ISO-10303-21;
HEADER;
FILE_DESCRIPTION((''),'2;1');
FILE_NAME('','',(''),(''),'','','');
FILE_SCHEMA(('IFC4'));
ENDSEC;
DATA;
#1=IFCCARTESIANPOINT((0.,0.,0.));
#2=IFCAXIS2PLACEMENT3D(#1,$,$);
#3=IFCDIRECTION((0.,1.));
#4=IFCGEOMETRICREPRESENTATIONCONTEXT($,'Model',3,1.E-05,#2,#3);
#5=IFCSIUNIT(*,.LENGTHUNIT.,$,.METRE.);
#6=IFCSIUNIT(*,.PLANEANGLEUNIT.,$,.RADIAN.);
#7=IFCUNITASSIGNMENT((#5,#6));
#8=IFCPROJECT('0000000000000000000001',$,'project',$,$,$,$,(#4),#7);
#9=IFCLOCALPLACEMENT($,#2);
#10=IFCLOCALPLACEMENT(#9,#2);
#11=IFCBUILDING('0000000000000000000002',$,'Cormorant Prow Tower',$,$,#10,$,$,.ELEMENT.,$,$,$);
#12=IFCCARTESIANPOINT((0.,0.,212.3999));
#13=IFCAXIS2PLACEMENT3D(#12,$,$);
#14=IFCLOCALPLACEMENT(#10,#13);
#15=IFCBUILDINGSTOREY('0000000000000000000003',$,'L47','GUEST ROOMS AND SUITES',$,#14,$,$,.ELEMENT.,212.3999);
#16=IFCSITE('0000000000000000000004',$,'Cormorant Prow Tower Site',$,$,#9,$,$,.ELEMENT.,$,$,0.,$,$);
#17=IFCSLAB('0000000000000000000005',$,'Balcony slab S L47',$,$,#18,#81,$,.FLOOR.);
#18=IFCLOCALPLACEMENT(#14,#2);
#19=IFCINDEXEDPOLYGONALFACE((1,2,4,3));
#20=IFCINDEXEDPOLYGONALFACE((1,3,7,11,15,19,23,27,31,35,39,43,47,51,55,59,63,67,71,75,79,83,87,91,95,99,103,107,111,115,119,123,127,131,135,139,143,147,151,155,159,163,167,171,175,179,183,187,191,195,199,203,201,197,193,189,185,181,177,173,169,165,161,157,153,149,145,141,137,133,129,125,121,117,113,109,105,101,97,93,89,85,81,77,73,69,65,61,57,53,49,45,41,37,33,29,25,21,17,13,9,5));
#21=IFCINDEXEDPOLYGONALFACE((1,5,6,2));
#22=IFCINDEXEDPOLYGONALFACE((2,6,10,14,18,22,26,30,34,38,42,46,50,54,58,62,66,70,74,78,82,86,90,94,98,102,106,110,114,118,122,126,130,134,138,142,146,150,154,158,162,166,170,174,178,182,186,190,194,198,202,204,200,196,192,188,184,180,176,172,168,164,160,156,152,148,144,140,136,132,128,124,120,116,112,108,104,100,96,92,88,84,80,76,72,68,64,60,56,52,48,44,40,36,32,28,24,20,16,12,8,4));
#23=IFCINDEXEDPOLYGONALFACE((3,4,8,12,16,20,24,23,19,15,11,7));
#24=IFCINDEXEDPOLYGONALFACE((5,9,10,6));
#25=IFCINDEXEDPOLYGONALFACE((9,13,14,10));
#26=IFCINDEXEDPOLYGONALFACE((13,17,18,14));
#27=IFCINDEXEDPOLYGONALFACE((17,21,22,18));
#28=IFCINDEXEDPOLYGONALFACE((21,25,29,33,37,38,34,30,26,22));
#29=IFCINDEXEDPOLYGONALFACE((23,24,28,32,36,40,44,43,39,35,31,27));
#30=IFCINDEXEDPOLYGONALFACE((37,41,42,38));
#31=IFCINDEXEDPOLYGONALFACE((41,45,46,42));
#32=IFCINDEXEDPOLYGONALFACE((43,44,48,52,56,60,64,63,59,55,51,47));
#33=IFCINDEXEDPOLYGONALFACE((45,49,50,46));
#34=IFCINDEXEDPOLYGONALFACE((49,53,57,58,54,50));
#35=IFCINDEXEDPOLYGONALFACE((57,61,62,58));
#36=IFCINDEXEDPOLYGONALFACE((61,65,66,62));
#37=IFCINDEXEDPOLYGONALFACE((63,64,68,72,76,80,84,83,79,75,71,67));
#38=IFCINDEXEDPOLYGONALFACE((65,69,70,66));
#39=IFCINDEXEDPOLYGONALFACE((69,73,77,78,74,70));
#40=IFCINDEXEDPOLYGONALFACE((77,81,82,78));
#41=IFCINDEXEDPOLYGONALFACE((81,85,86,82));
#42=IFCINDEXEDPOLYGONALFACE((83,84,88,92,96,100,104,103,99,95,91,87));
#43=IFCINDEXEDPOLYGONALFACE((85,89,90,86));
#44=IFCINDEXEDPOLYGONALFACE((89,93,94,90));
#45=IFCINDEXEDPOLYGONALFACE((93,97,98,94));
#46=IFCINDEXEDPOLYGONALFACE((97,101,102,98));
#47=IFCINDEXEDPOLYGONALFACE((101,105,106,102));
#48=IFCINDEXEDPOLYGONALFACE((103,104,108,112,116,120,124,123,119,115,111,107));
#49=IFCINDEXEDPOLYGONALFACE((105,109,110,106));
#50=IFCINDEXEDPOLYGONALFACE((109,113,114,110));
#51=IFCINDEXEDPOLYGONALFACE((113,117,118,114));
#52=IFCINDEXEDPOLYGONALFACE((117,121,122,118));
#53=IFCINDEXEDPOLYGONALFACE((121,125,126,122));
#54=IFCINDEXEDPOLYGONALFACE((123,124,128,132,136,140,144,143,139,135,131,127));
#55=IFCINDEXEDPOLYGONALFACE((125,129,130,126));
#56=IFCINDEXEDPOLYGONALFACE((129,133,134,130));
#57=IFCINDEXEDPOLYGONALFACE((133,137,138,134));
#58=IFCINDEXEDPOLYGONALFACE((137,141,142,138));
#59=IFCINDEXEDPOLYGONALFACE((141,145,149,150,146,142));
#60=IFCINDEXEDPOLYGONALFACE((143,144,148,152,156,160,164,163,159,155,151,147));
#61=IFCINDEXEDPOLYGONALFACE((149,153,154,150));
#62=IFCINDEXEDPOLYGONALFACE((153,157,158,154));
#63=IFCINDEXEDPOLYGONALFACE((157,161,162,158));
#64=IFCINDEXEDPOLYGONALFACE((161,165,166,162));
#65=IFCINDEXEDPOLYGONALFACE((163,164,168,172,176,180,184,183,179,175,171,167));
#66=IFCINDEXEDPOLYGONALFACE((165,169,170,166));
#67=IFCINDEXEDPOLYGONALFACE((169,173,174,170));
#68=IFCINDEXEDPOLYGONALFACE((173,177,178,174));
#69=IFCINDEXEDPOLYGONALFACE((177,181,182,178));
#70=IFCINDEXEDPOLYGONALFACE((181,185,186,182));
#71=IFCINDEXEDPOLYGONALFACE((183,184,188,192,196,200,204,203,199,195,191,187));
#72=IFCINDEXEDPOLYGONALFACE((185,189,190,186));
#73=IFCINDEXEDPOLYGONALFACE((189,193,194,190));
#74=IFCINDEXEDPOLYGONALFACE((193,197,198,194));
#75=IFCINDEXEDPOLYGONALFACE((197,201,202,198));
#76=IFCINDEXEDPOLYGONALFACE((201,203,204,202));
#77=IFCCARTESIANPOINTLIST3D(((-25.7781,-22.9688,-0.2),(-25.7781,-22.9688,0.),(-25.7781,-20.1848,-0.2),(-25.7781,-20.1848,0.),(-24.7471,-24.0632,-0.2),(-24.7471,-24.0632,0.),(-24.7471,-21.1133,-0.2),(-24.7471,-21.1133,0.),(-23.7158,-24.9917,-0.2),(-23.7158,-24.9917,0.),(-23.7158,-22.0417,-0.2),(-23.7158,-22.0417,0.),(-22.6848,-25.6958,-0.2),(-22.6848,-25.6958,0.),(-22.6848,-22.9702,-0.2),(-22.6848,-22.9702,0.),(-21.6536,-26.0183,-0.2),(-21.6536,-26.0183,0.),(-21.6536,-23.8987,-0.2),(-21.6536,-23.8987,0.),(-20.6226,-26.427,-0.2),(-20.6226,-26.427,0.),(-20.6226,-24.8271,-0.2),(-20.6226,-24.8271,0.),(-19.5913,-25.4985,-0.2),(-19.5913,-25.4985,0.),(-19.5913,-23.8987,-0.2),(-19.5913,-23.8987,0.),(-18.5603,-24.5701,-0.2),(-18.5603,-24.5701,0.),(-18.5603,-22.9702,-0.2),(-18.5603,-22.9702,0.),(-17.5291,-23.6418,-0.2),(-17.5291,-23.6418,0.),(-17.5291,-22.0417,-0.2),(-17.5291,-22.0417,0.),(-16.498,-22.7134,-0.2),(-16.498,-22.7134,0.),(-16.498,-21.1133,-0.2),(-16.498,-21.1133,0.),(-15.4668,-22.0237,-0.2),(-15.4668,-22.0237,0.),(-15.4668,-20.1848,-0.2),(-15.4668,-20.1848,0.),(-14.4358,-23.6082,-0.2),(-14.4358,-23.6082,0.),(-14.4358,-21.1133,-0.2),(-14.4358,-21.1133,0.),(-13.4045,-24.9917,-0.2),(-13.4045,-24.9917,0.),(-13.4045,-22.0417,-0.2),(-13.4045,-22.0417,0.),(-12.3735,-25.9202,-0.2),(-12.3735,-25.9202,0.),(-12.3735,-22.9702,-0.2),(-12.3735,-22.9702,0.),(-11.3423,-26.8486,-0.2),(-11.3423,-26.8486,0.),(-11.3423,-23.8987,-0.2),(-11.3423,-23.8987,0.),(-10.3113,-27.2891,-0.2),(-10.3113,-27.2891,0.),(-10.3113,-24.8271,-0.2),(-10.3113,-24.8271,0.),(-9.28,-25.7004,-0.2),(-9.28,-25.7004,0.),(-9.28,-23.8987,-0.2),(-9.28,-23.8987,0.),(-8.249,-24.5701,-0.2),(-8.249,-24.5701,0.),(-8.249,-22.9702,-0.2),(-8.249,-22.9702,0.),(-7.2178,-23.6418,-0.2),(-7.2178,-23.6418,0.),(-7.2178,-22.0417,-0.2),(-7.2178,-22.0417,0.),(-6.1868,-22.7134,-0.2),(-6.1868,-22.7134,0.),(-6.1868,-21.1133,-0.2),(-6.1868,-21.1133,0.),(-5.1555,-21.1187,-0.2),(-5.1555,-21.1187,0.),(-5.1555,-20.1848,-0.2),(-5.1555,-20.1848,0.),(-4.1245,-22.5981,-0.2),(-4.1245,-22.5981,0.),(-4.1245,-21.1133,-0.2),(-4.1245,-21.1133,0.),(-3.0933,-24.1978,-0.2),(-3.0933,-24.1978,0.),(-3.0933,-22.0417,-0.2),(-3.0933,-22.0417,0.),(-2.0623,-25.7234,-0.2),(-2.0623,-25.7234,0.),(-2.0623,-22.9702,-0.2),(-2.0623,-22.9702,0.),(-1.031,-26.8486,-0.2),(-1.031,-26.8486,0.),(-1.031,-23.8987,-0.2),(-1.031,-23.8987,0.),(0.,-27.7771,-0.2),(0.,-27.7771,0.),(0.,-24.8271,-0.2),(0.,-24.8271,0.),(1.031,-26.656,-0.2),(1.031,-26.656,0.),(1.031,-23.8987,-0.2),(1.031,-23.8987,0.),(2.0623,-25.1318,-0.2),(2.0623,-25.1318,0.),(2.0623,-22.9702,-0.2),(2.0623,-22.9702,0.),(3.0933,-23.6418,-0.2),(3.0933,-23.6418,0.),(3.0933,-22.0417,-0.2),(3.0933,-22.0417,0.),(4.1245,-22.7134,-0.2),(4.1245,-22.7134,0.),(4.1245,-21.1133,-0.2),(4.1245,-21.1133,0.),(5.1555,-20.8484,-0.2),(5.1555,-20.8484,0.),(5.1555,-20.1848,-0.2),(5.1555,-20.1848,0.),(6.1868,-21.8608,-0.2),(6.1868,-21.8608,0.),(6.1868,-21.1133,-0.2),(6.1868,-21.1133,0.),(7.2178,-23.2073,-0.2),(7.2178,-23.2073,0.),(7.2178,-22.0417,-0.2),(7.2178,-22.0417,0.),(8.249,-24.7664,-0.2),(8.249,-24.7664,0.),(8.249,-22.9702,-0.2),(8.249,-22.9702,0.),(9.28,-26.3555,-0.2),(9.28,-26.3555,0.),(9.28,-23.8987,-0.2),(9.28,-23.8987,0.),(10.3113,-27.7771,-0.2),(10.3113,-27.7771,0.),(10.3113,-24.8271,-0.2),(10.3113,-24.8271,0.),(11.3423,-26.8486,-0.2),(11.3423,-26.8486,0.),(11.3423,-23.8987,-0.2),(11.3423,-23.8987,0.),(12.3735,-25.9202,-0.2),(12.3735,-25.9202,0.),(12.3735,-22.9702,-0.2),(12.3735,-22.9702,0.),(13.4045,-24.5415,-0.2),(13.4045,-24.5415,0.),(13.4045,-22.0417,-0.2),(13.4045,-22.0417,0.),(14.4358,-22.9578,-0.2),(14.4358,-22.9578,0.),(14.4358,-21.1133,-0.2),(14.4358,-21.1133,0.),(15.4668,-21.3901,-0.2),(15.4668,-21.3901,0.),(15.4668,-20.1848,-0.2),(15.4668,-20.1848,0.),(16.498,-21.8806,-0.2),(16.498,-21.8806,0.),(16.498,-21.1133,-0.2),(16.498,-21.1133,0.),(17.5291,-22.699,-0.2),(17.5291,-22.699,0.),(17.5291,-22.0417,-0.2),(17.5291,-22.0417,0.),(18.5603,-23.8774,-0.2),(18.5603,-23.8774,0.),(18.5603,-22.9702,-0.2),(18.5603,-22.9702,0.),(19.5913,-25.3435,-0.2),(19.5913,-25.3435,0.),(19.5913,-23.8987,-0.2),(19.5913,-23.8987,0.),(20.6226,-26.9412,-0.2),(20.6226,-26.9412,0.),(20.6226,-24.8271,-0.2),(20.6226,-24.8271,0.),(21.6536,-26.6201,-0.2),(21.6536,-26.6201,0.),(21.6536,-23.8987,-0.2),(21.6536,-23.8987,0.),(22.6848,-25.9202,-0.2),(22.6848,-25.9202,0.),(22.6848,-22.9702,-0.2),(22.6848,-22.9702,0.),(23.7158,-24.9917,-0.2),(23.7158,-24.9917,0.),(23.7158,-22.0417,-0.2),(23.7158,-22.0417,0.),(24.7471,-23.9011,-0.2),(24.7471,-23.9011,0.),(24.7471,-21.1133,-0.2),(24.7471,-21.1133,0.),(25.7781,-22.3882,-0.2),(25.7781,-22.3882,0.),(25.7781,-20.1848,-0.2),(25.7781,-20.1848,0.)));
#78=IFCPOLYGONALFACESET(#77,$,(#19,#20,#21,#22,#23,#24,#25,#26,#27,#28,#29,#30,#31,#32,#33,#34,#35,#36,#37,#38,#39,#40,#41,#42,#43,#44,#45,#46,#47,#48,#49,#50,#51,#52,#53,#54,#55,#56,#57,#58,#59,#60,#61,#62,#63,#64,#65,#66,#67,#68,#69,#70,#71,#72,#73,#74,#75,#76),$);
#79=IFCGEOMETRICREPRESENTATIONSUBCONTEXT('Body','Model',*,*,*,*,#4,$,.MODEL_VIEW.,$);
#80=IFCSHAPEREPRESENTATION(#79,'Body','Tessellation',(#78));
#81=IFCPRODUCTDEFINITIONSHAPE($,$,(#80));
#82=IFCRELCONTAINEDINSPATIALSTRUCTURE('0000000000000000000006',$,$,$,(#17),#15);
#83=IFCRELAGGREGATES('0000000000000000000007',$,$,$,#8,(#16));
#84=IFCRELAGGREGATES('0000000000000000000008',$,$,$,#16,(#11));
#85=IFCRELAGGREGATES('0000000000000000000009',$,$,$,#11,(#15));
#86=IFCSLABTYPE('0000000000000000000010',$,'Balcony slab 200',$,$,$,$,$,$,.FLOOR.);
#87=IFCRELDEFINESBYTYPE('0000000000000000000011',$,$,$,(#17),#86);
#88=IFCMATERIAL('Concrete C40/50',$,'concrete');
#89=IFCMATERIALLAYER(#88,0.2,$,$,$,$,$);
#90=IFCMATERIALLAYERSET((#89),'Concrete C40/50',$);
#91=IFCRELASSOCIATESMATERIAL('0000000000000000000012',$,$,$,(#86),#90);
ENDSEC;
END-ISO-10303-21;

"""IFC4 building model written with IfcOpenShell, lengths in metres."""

from ifc_helpers import new_model, si_unit, direction, frame, origin, place, context, subcontext, project, spatial, polyline, outline, extrude, material, layer, layer_set, type_object, element, save


model = new_model("IFC4")

# Units and contexts
model_context = context("Model", 3, precision=1e-05, world=origin(), true_north=direction((0.0, 1.0)))
body_context = subcontext(model_context, "Body", "Model", "MODEL_VIEW")
ifc_project = project(units=[si_unit("LENGTHUNIT", "METRE"), si_unit("PLANEANGLEUNIT", "RADIAN")], contexts=[model_context])

# Site, building, storey
site_placement = place(None, origin())
site = spatial("IfcSite", under=ifc_project, at=site_placement, Name="Cormorant Prow Tower Site", CompositionType="ELEMENT", RefElevation=0.0)
building_placement = place(site_placement, origin())
building = spatial("IfcBuilding", under=site, at=building_placement, Name="Cormorant Prow Tower", CompositionType="ELEMENT")
storey_placement = place(building_placement, frame((0.0, 0.0, 212.3999)))
storey = spatial("IfcBuildingStorey", under=building, at=storey_placement, Name="L47", Description="GUEST ROOMS AND SUITES", CompositionType="ELEMENT", Elevation=212.3999)

# Slab
ifc_material_1 = material(Name="Concrete C40/50", Category="concrete")
ifc_layer_1 = layer(ifc_material_1, 0.2)
ifc_layer_set_1 = layer_set([ifc_layer_1], Name="Concrete C40/50")
slab_type_1 = type_object("IfcSlabType", Name="Balcony slab 200", PredefinedType="FLOOR", material=ifc_layer_set_1)
slab_1_placement = place(storey_placement, frame((0.0, 0.0, -0.2)))
element("IfcSlab", 1, at=slab_1_placement, inside=storey, type_object=slab_type_1, Name="Balcony slab S L47", PredefinedType="FLOOR", context=body_context, shape_type="SweptSolid", body=[
    extrude(outline(polyline([(-25.7781, -20.1848), (-25.7781, -22.9688), (-24.7471, -24.0632), (-23.7158, -24.9917), (-22.6848, -25.6958), (-21.6536, -26.0183), (-20.6226, -26.427), (-19.5913, -25.4985), (-18.5603, -24.5701), (-17.5291, -23.6418), (-16.498, -22.7134), (-15.4668, -22.0237), (-14.4358, -23.6082), (-13.4045, -24.9917), (-12.3735, -25.9202), (-11.3423, -26.8486), (-10.3113, -27.2891), (-9.28, -25.7004), (-8.249, -24.5701), (-7.2178, -23.6418), (-6.1868, -22.7134), (-5.1555, -21.1187), (-4.1245, -22.5981), (-3.0933, -24.1978), (-2.0623, -25.7234), (-1.031, -26.8486), (0.0, -27.7771), (1.031, -26.656), (2.0623, -25.1318), (3.0933, -23.6418), (4.1245, -22.7134), (5.1555, -20.8484), (6.1868, -21.8608), (7.2178, -23.2073), (8.249, -24.7664), (9.28, -26.3555), (10.3113, -27.7771), (11.3423, -26.8486), (12.3735, -25.9202), (13.4045, -24.5415), (14.4358, -22.9578), (15.4668, -21.3901), (16.498, -21.8806), (17.5291, -22.699), (18.5603, -23.8774), (19.5913, -25.3435), (20.6226, -26.9412), (21.6536, -26.6201), (22.6848, -25.9202), (23.7158, -24.9917), (24.7471, -23.9011), (25.7781, -22.3882), (25.7781, -20.1848), (24.7471, -21.1133), (23.7158, -22.0417), (22.6848, -22.9702), (21.6536, -23.8987), (20.6226, -24.8271), (19.5913, -23.8987), (18.5603, -22.9702), (17.5291, -22.0417), (16.498, -21.1133), (15.4668, -20.1848), (14.4358, -21.1133), (13.4045, -22.0417), (12.3735, -22.9702), (11.3423, -23.8987), (10.3113, -24.8271), (9.28, -23.8987), (8.249, -22.9702), (7.2178, -22.0417), (6.1868, -21.1133), (5.1555, -20.1848), (4.1245, -21.1133), (3.0933, -22.0417), (2.0623, -22.9702), (1.031, -23.8987), (0.0, -24.8271), (-1.031, -23.8987), (-2.0623, -22.9702), (-3.0933, -22.0417), (-4.1245, -21.1133), (-5.1555, -20.1848), (-6.1868, -21.1133), (-7.2178, -22.0417), (-8.249, -22.9702), (-9.28, -23.8987), (-10.3113, -24.8271), (-11.3423, -23.8987), (-12.3735, -22.9702), (-13.4045, -22.0417), (-14.4358, -21.1133), (-15.4668, -20.1848), (-16.498, -21.1133), (-17.5291, -22.0417), (-18.5603, -22.9702), (-19.5913, -23.8987), (-20.6226, -24.8271), (-21.6536, -23.8987), (-22.6848, -22.9702), (-23.7158, -22.0417), (-24.7471, -21.1133), (-25.7781, -20.1848)])), origin(), (0.0, 0.0, 1.0), 0.2),
])

save(model, "model.ifc")
